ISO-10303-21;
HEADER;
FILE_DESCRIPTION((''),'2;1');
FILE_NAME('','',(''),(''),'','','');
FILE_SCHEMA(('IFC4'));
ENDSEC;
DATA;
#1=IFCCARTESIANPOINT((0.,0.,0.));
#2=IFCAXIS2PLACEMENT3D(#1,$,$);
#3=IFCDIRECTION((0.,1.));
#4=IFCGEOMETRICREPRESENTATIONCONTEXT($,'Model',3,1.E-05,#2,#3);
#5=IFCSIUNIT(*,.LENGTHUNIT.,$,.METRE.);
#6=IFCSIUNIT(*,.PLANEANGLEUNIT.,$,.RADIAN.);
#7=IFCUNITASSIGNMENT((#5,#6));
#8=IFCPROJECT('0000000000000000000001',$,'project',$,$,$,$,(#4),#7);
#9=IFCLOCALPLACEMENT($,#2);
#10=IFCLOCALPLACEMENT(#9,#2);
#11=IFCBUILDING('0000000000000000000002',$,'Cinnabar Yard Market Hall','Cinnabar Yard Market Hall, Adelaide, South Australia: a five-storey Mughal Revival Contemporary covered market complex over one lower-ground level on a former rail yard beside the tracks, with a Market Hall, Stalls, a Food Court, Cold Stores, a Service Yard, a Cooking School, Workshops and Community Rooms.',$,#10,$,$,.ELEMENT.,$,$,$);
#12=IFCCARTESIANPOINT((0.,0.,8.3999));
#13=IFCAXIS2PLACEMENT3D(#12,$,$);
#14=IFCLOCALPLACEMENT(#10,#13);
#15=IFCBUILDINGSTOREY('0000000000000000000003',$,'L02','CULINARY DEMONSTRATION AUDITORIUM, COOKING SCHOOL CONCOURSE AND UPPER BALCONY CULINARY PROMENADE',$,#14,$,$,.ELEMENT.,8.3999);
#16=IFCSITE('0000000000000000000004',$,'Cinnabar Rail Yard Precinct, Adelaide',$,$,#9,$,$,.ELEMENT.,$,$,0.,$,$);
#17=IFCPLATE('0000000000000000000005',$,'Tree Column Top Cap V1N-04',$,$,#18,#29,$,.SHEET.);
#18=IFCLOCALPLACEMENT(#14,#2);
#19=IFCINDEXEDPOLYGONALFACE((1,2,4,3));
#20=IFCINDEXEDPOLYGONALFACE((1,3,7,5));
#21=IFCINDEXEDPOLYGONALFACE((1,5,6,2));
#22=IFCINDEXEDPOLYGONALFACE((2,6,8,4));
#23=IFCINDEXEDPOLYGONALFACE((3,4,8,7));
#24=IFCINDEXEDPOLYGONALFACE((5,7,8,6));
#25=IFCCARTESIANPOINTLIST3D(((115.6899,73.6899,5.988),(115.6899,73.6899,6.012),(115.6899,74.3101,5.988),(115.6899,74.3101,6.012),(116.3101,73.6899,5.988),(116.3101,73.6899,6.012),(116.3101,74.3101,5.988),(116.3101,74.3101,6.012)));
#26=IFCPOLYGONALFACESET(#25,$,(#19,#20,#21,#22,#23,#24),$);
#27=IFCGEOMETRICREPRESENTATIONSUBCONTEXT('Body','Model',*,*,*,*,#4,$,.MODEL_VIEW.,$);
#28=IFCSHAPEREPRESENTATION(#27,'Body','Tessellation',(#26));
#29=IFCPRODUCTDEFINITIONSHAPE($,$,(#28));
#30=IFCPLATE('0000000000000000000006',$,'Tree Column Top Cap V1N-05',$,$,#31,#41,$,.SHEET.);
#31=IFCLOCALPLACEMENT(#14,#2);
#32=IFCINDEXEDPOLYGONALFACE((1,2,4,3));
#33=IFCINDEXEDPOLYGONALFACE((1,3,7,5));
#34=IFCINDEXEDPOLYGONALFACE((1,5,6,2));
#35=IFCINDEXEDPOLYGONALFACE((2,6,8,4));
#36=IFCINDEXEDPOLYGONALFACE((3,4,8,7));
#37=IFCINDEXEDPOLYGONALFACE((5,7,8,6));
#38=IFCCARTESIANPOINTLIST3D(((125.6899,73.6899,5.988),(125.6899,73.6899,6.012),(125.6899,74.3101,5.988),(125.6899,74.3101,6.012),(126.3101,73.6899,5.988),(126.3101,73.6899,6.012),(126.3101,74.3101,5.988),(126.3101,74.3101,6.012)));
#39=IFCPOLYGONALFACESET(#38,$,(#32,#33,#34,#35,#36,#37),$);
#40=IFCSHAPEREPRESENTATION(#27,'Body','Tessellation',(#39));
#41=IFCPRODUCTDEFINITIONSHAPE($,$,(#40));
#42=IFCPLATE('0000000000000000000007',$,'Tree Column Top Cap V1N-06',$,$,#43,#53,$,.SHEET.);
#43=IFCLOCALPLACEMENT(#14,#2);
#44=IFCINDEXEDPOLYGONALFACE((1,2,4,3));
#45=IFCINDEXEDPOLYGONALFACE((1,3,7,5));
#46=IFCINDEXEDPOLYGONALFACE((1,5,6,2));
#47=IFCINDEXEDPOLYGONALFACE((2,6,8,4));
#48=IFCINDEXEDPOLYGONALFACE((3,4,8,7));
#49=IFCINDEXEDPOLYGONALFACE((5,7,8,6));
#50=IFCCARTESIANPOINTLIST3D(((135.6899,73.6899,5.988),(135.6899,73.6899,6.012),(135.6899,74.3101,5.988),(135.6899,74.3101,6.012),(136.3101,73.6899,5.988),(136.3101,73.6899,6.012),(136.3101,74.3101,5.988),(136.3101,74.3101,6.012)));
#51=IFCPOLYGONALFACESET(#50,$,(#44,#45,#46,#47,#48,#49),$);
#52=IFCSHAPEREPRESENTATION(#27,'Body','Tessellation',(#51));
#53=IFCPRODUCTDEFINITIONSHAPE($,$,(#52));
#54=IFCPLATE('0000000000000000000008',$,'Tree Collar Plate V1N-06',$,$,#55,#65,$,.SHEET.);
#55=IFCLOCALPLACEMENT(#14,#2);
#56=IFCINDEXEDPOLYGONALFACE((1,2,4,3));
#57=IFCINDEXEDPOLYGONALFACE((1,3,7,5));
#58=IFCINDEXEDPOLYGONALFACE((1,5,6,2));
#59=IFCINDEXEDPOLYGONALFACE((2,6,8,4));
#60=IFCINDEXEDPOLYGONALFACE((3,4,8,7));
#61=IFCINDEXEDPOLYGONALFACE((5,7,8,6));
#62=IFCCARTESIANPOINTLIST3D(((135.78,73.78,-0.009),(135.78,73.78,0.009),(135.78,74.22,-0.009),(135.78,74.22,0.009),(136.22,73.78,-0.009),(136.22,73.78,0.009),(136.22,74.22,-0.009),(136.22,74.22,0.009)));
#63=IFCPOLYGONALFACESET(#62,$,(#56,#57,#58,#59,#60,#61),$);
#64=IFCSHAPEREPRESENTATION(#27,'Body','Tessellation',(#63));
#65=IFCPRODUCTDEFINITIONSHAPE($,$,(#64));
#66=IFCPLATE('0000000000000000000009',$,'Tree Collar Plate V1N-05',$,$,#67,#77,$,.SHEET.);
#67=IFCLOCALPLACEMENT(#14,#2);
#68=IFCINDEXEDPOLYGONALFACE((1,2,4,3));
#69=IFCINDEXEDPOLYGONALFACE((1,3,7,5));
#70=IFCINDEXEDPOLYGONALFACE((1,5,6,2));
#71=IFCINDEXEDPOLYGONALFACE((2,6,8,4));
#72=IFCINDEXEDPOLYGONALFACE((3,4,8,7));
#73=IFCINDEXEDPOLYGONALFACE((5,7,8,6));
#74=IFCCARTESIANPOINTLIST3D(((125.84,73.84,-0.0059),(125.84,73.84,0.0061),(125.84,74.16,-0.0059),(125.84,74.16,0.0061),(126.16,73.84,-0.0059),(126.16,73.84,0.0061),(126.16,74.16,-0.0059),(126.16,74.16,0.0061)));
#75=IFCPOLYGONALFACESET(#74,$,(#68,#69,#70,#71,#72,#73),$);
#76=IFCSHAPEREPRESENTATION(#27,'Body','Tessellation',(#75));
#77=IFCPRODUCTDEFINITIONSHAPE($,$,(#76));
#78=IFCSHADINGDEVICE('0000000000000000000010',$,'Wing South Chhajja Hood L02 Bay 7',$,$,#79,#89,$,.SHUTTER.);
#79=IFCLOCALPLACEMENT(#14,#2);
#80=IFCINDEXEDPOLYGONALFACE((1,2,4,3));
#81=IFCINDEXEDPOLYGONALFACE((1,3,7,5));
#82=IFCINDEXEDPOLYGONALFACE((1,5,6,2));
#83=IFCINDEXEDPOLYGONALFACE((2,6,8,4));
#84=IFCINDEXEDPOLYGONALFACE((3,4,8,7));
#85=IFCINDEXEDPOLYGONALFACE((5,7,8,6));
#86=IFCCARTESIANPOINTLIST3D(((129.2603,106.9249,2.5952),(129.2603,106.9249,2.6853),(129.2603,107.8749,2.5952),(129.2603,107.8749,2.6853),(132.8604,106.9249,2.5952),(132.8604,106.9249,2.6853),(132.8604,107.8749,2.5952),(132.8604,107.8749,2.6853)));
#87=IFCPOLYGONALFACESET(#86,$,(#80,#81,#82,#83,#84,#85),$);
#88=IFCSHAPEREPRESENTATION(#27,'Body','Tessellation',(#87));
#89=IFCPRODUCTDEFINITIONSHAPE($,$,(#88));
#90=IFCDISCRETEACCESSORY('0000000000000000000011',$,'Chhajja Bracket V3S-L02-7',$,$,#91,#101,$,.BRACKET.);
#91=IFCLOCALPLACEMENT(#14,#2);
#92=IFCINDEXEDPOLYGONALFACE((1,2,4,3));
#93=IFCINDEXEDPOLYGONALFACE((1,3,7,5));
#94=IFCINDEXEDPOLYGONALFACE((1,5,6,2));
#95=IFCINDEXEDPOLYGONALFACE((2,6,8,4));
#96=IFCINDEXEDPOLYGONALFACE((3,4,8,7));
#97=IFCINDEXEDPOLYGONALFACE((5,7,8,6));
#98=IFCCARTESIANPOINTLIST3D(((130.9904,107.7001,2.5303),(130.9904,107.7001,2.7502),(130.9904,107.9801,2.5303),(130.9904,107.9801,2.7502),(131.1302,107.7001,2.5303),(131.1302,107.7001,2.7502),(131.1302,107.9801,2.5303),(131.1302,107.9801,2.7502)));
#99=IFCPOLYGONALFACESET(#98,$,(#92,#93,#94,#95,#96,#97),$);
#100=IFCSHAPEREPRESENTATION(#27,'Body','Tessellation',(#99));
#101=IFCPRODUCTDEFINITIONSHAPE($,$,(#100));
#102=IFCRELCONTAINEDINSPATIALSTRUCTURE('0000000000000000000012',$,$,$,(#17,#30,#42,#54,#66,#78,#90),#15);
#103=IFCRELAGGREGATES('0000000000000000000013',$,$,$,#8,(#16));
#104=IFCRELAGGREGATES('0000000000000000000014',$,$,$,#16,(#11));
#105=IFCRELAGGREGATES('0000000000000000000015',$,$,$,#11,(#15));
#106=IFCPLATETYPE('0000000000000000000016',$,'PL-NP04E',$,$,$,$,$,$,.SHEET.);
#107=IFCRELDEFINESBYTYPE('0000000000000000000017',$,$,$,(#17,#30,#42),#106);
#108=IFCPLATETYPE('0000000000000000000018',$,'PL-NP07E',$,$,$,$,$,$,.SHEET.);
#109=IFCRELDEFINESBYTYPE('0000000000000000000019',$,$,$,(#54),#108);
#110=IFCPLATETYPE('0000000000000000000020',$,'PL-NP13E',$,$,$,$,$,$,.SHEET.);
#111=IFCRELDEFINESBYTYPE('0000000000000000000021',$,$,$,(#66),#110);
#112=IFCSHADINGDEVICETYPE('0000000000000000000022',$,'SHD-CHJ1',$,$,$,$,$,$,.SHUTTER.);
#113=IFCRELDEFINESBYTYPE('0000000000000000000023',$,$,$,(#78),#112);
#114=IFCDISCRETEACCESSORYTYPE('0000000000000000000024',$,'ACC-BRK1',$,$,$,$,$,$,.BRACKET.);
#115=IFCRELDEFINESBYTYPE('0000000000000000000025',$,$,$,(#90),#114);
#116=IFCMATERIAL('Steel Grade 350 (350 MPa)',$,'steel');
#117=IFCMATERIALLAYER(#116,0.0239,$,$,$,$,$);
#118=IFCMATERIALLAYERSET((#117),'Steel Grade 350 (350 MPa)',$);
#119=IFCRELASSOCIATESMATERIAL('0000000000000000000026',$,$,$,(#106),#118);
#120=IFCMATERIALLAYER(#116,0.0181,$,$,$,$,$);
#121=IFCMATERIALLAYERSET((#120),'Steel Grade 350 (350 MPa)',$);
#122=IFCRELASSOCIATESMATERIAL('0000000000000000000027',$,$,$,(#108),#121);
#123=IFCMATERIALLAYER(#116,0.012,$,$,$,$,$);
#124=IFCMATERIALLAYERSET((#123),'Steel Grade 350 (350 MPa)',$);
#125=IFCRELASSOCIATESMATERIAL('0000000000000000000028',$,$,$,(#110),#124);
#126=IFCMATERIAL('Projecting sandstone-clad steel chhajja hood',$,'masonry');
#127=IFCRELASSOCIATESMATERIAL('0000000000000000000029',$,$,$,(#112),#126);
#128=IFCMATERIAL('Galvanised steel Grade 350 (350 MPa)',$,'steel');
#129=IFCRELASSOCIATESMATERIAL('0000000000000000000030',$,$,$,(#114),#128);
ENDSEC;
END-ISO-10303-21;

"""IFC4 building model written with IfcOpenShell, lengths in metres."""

from ifc_helpers import new_model, si_unit, direction, frame, origin, origin_2d_with_axis, place, context, subcontext, project, spatial, rectangle, extrude, material, layer, layer_set, type_object, element, save


model = new_model("IFC4")

# Units and contexts
model_context = context("Model", 3, precision=1e-05, world=origin(), true_north=direction((0.0, 1.0)))
body_context = subcontext(model_context, "Body", "Model", "MODEL_VIEW")
ifc_project = project(units=[si_unit("LENGTHUNIT", "METRE"), si_unit("PLANEANGLEUNIT", "RADIAN")], contexts=[model_context])

# Site, building, storey
site_placement = place(None, origin())
site = spatial("IfcSite", under=ifc_project, at=site_placement, Name="Cinnabar Rail Yard Precinct, Adelaide", CompositionType="ELEMENT", RefElevation=0.0)
building_placement = place(site_placement, origin())
building = spatial("IfcBuilding", under=site, at=building_placement, Name="Cinnabar Yard Market Hall", Description="Cinnabar Yard Market Hall, Adelaide, South Australia: a five-storey Mughal Revival Contemporary covered market complex over one lower-ground level on a former rail yard beside the tracks, with a Market Hall, Stalls, a Food Court, Cold Stores, a Service Yard, a Cooking School, Workshops and Community Rooms.", CompositionType="ELEMENT")
storey_placement = place(building_placement, frame((0.0, 0.0, 8.3999)))
storey = spatial("IfcBuildingStorey", under=building, at=storey_placement, Name="L02", Description="CULINARY DEMONSTRATION AUDITORIUM, COOKING SCHOOL CONCOURSE AND UPPER BALCONY CULINARY PROMENADE", CompositionType="ELEMENT", Elevation=8.3999)

# Plates
ifc_material_1 = material(Name="Steel Grade 350 (350 MPa)", Category="steel")
ifc_layer_1 = layer(ifc_material_1, 0.0239)
ifc_layer_set_1 = layer_set([ifc_layer_1], Name="Steel Grade 350 (350 MPa)")
plate_type_1 = type_object("IfcPlateType", Name="PL-NP04E", PredefinedType="SHEET", material=ifc_layer_set_1)
for number, where, z_axis, x_axis, name in (
    (1, (116.0, 74.0, 5.988), (0.0, 0.0, 1.0), (1.0, 0.0, 0.0), "Tree Column Top Cap V1N-04"),
    (2, (126.0, 74.0, 5.988), (0.0, 0.0, 1.0), (1.0, 0.0, 0.0), "Tree Column Top Cap V1N-05"),
    (3, (136.0, 74.0, 5.988), (0.0, 0.0, 1.0), (1.0, 0.0, 0.0), "Tree Column Top Cap V1N-06"),
):
    element("IfcPlate", number, at=place(storey_placement, frame(where, z_axis=z_axis, x_axis=x_axis)), inside=storey, type_object=plate_type_1, Name=name, PredefinedType="SHEET", context=body_context, shape_type="SweptSolid", body=[
        extrude(rectangle(XDim=0.6201, YDim=0.6201, at=origin_2d_with_axis()), origin(), (0.0, 0.0, 1.0), 0.0239),
    ])
ifc_layer_2 = layer(ifc_material_1, 0.0181)
ifc_layer_set_2 = layer_set([ifc_layer_2], Name="Steel Grade 350 (350 MPa)")
plate_type_2 = type_object("IfcPlateType", Name="PL-NP07E", PredefinedType="SHEET", material=ifc_layer_set_2)
plate_1_placement = place(storey_placement, frame((136.0, 74.0, -0.009), z_axis=(0.0, 0.0, 1.0), x_axis=(1.0, 0.0, 0.0)))
element("IfcPlate", 4, at=plate_1_placement, inside=storey, type_object=plate_type_2, Name="Tree Collar Plate V1N-06", PredefinedType="SHEET", context=body_context, shape_type="SweptSolid", body=[
    extrude(rectangle(XDim=0.4399, YDim=0.4399, at=origin_2d_with_axis()), origin(), (0.0, 0.0, 1.0), 0.0181),
])
ifc_layer_3 = layer(ifc_material_1, 0.012)
ifc_layer_set_3 = layer_set([ifc_layer_3], Name="Steel Grade 350 (350 MPa)")
plate_type_3 = type_object("IfcPlateType", Name="PL-NP13E", PredefinedType="SHEET", material=ifc_layer_set_3)
plate_2_placement = place(storey_placement, frame((126.0, 74.0, -0.0059), z_axis=(0.0, 0.0, 1.0), x_axis=(1.0, 0.0, 0.0)))
element("IfcPlate", 5, at=plate_2_placement, inside=storey, type_object=plate_type_3, Name="Tree Collar Plate V1N-05", PredefinedType="SHEET", context=body_context, shape_type="SweptSolid", body=[
    extrude(rectangle(XDim=0.3201, YDim=0.3201, at=origin_2d_with_axis()), origin(), (0.0, 0.0, 1.0), 0.012),
])

# Shading device
ifc_material_2 = material(Name="Projecting sandstone-clad steel chhajja hood", Category="masonry")
shading_device_type = type_object("IfcShadingDeviceType", Name="SHD-CHJ1", PredefinedType="SHUTTER", material=ifc_material_2)
shading_device_placement = place(storey_placement, frame((131.0603, 107.3999, 2.5952), z_axis=(0.0, 0.0, 1.0), x_axis=(1.0, 0.0, 0.0)))
element("IfcShadingDevice", 6, at=shading_device_placement, inside=storey, type_object=shading_device_type, Name="Wing South Chhajja Hood L02 Bay 7", PredefinedType="SHUTTER", context=body_context, shape_type="SweptSolid", body=[
    extrude(rectangle(XDim=3.6001, YDim=0.95, at=origin_2d_with_axis()), origin(), (0.0, 0.0, 1.0), 0.0901),
])

# Discrete accessory
ifc_material_3 = material(Name="Galvanised steel Grade 350 (350 MPa)", Category="steel")
discrete_accessory_type = type_object("IfcDiscreteAccessoryType", Name="ACC-BRK1", PredefinedType="BRACKET", material=ifc_material_3)
discrete_accessory_placement = place(storey_placement, frame((131.0603, 107.8401, 2.5303), z_axis=(0.0, 0.0, 1.0), x_axis=(1.0, 0.0, 0.0)))
element("IfcDiscreteAccessory", 7, at=discrete_accessory_placement, inside=storey, type_object=discrete_accessory_type, Name="Chhajja Bracket V3S-L02-7", PredefinedType="BRACKET", context=body_context, shape_type="SweptSolid", body=[
    extrude(rectangle(XDim=0.1399, YDim=0.28, at=origin_2d_with_axis()), origin(), (0.0, 0.0, 1.0), 0.22),
])

save(model, "model.ifc")
